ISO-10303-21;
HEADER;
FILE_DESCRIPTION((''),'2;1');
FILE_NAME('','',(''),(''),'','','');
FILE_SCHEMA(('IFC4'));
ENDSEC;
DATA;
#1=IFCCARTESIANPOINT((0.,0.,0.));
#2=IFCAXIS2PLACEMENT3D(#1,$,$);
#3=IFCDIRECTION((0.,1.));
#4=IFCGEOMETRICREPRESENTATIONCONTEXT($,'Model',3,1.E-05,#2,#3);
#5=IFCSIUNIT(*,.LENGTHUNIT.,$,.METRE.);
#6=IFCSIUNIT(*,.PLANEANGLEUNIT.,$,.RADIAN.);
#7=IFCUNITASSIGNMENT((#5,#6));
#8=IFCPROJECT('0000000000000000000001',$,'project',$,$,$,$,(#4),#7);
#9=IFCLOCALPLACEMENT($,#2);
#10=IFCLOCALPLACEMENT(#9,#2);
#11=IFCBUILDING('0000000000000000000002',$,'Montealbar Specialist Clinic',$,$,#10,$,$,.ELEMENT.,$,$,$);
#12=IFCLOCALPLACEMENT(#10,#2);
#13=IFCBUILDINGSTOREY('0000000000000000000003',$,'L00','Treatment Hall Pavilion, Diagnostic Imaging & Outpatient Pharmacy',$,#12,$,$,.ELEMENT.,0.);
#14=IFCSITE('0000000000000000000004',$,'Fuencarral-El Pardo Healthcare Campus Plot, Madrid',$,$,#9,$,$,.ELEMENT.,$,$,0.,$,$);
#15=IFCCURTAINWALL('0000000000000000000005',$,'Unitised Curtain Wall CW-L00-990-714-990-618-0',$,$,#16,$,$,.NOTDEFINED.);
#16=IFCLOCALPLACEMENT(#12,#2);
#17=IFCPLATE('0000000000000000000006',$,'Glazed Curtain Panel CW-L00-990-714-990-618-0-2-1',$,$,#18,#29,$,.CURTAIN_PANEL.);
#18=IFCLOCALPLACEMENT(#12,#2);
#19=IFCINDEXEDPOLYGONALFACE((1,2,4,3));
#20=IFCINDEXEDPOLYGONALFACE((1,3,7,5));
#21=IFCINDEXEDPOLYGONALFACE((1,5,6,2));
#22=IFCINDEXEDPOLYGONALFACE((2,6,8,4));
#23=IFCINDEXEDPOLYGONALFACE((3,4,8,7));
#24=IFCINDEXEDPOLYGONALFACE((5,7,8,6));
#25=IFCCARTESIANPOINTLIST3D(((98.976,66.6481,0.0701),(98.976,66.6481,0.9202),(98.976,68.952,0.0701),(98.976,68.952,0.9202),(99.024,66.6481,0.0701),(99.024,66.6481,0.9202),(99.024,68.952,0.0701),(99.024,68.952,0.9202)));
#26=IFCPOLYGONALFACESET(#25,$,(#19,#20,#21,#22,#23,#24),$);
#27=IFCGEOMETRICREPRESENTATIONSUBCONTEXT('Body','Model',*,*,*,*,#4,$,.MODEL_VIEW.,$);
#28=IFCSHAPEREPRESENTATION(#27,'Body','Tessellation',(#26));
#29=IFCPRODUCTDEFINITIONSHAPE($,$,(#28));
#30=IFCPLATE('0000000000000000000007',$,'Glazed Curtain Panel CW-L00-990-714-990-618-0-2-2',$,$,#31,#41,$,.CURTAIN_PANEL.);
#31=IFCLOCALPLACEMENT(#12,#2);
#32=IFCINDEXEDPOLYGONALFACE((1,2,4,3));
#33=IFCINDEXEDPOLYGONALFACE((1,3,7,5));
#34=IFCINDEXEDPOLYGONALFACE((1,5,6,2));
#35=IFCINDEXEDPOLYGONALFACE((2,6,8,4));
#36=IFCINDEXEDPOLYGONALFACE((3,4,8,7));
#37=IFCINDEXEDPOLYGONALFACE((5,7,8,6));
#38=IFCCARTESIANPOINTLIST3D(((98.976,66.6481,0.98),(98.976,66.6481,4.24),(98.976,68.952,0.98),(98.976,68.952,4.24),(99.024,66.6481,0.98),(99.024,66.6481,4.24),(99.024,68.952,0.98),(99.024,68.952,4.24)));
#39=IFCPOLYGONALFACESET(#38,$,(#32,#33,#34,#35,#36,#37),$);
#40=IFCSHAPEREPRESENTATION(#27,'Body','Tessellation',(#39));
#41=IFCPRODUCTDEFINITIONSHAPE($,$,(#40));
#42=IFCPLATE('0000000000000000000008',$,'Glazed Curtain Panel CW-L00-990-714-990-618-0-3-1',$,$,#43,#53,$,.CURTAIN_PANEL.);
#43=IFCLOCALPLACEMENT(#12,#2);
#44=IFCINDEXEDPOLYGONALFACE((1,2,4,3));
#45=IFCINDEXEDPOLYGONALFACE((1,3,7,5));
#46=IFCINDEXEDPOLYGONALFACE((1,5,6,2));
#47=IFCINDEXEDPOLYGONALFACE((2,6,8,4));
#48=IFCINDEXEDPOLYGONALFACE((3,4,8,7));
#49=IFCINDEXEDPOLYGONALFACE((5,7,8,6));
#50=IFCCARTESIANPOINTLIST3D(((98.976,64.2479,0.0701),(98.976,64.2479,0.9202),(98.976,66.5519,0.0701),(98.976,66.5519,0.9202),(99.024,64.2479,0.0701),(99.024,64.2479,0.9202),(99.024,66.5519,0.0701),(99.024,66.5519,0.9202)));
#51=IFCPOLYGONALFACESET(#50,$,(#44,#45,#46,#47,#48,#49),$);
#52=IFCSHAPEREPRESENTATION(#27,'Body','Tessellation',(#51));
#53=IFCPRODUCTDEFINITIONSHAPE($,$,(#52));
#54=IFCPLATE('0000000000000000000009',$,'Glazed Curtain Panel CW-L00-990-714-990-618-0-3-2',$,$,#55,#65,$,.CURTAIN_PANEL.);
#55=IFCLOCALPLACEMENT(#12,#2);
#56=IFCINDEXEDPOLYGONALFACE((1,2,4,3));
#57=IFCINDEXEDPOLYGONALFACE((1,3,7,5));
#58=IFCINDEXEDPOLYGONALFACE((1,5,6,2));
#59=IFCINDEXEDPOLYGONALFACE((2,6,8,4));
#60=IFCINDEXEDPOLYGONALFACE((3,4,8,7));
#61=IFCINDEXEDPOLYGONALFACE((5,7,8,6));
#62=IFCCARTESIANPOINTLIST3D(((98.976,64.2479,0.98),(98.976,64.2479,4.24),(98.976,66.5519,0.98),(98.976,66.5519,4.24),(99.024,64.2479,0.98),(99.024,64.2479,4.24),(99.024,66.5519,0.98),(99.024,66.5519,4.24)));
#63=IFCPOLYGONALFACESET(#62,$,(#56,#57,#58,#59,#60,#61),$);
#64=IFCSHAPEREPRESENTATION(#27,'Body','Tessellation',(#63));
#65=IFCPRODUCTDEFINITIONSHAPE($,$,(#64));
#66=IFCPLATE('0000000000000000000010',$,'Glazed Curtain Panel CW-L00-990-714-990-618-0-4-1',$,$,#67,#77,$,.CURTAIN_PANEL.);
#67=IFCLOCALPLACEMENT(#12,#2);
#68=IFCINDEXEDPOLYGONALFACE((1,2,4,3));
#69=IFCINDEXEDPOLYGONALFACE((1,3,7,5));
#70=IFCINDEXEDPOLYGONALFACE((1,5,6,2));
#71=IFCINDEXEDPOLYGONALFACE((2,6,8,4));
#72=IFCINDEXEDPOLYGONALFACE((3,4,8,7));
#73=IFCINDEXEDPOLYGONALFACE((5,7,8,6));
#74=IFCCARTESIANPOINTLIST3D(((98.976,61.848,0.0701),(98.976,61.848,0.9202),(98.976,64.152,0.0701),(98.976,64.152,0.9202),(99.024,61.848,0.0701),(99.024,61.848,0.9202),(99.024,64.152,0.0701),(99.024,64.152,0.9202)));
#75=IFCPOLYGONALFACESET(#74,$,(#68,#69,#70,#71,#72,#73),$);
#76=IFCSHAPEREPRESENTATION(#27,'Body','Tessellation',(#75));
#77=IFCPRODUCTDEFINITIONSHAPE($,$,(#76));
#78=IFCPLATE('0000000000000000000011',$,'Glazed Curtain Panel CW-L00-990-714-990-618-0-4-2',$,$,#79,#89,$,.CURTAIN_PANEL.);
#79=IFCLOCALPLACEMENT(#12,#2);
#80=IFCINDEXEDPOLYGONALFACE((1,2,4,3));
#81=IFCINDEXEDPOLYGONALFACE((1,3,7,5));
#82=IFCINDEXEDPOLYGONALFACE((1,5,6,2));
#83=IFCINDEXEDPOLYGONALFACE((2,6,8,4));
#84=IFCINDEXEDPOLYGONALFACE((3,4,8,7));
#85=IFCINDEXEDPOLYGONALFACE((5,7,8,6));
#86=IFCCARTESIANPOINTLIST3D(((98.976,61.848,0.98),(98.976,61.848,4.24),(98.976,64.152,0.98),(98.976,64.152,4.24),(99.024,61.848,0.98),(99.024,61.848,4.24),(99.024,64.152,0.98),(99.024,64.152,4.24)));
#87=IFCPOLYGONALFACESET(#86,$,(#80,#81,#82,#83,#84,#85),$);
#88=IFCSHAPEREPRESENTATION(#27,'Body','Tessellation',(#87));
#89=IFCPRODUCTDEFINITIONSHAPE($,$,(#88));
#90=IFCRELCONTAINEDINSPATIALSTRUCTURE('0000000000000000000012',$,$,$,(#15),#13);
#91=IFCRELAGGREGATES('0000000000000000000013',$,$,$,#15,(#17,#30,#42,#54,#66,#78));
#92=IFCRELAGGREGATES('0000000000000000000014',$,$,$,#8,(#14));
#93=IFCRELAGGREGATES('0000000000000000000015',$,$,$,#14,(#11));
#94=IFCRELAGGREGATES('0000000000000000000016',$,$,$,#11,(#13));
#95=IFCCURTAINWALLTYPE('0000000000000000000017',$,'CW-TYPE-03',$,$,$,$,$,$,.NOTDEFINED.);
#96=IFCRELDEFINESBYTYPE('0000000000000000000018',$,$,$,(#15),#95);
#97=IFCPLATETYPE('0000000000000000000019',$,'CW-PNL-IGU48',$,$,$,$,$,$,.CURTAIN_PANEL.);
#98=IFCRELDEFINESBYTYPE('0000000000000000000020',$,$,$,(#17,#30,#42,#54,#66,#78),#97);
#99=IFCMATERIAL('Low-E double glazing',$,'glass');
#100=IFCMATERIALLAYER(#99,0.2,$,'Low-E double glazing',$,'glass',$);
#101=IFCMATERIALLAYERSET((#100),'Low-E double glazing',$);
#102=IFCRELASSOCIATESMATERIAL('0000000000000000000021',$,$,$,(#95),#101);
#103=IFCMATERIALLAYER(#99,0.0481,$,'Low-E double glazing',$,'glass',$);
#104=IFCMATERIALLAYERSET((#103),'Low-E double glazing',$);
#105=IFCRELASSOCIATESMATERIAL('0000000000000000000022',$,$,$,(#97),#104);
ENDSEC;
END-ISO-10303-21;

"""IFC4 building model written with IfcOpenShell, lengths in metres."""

from ifc_helpers import new_model, si_unit, direction, frame, origin, origin_2d, place, context, subcontext, project, spatial, rectangle, extrude, material, layer, layer_set, type_object, element, aggregate, save


model = new_model("IFC4")

# Units and contexts
model_context = context("Model", 3, precision=1e-05, world=origin(), true_north=direction((0.0, 1.0)))
body_context = subcontext(model_context, "Body", "Model", "MODEL_VIEW")
ifc_project = project(units=[si_unit("LENGTHUNIT", "METRE"), si_unit("PLANEANGLEUNIT", "RADIAN")], contexts=[model_context])

# Site, building, storey
site_placement = place(None, origin())
site = spatial("IfcSite", under=ifc_project, at=site_placement, Name="Fuencarral-El Pardo Healthcare Campus Plot, Madrid", CompositionType="ELEMENT", RefElevation=0.0)
building_placement = place(site_placement, origin())
building = spatial("IfcBuilding", under=site, at=building_placement, Name="Montealbar Specialist Clinic", CompositionType="ELEMENT")
storey_placement = place(building_placement, origin())
storey = spatial("IfcBuildingStorey", under=building, at=storey_placement, Name="L00", Description="Treatment Hall Pavilion, Diagnostic Imaging & Outpatient Pharmacy", CompositionType="ELEMENT", Elevation=0.0)

# Shared definitions
ifc_material_1 = material(Name="Low-E double glazing", Category="glass")

# Curtain wall
ifc_layer_1 = layer(ifc_material_1, 0.2, Name="Low-E double glazing", Category="glass")
ifc_layer_set_1 = layer_set([ifc_layer_1], Name="Low-E double glazing")
curtain_wall_type_1 = type_object("IfcCurtainWallType", Name="CW-TYPE-03", PredefinedType="NOTDEFINED", material=ifc_layer_set_1)
curtain_wall_1_placement = place(storey_placement, origin())
curtain_wall_1 = element("IfcCurtainWall", 1, at=curtain_wall_1_placement, inside=storey, type_object=curtain_wall_type_1, Name="Unitised Curtain Wall CW-L00-990-714-990-618-0", PredefinedType="NOTDEFINED")

# Plates
ifc_layer_2 = layer(ifc_material_1, 0.0481, Name="Low-E double glazing", Category="glass")
ifc_layer_set_2 = layer_set([ifc_layer_2], Name="Low-E double glazing")
plate_type = type_object("IfcPlateType", Name="CW-PNL-IGU48", PredefinedType="CURTAIN_PANEL", material=ifc_layer_set_2)
plate_1_placement = place(storey_placement, frame((99.0, 67.8, 0.0701), z_axis=(0.0, 0.0, 1.0), x_axis=(0.0, -1.0, 0.0)))
plate_1 = element("IfcPlate", 2, at=plate_1_placement, type_object=plate_type, Name="Glazed Curtain Panel CW-L00-990-714-990-618-0-2-1", PredefinedType="CURTAIN_PANEL", context=body_context, shape_type="SweptSolid", body=[
    extrude(rectangle(XDim=2.304, YDim=0.0481, at=origin_2d()), origin(), (0.0, 0.0, 1.0), 0.8501),
])
plate_2_placement = place(storey_placement, frame((99.0, 67.8, 0.98), z_axis=(0.0, 0.0, 1.0), x_axis=(0.0, -1.0, 0.0)))
plate_2 = element("IfcPlate", 3, at=plate_2_placement, type_object=plate_type, Name="Glazed Curtain Panel CW-L00-990-714-990-618-0-2-2", PredefinedType="CURTAIN_PANEL", context=body_context, shape_type="SweptSolid", body=[
    extrude(rectangle(XDim=2.304, YDim=0.0481, at=origin_2d()), origin(), (0.0, 0.0, 1.0), 3.26),
])
plate_3_placement = place(storey_placement, frame((99.0, 65.3999, 0.0701), z_axis=(0.0, 0.0, 1.0), x_axis=(0.0, -1.0, 0.0)))
plate_3 = element("IfcPlate", 4, at=plate_3_placement, type_object=plate_type, Name="Glazed Curtain Panel CW-L00-990-714-990-618-0-3-1", PredefinedType="CURTAIN_PANEL", context=body_context, shape_type="SweptSolid", body=[
    extrude(rectangle(XDim=2.304, YDim=0.0481, at=origin_2d()), origin(), (0.0, 0.0, 1.0), 0.8501),
])
plate_4_placement = place(storey_placement, frame((99.0, 65.3999, 0.98), z_axis=(0.0, 0.0, 1.0), x_axis=(0.0, -1.0, 0.0)))
plate_4 = element("IfcPlate", 5, at=plate_4_placement, type_object=plate_type, Name="Glazed Curtain Panel CW-L00-990-714-990-618-0-3-2", PredefinedType="CURTAIN_PANEL", context=body_context, shape_type="SweptSolid", body=[
    extrude(rectangle(XDim=2.304, YDim=0.0481, at=origin_2d()), origin(), (0.0, 0.0, 1.0), 3.26),
])
plate_5_placement = place(storey_placement, frame((99.0, 63.0, 0.0701), z_axis=(0.0, 0.0, 1.0), x_axis=(0.0, -1.0, 0.0)))
plate_5 = element("IfcPlate", 6, at=plate_5_placement, type_object=plate_type, Name="Glazed Curtain Panel CW-L00-990-714-990-618-0-4-1", PredefinedType="CURTAIN_PANEL", context=body_context, shape_type="SweptSolid", body=[
    extrude(rectangle(XDim=2.304, YDim=0.0481, at=origin_2d()), origin(), (0.0, 0.0, 1.0), 0.8501),
])
plate_6_placement = place(storey_placement, frame((99.0, 63.0, 0.98), z_axis=(0.0, 0.0, 1.0), x_axis=(0.0, -1.0, 0.0)))
plate_6 = element("IfcPlate", 7, at=plate_6_placement, type_object=plate_type, Name="Glazed Curtain Panel CW-L00-990-714-990-618-0-4-2", PredefinedType="CURTAIN_PANEL", context=body_context, shape_type="SweptSolid", body=[
    extrude(rectangle(XDim=2.304, YDim=0.0481, at=origin_2d()), origin(), (0.0, 0.0, 1.0), 3.26),
])
aggregate(curtain_wall_1, [plate_1, plate_2, plate_3, plate_4, plate_5, plate_6])

save(model, "model.ifc")
